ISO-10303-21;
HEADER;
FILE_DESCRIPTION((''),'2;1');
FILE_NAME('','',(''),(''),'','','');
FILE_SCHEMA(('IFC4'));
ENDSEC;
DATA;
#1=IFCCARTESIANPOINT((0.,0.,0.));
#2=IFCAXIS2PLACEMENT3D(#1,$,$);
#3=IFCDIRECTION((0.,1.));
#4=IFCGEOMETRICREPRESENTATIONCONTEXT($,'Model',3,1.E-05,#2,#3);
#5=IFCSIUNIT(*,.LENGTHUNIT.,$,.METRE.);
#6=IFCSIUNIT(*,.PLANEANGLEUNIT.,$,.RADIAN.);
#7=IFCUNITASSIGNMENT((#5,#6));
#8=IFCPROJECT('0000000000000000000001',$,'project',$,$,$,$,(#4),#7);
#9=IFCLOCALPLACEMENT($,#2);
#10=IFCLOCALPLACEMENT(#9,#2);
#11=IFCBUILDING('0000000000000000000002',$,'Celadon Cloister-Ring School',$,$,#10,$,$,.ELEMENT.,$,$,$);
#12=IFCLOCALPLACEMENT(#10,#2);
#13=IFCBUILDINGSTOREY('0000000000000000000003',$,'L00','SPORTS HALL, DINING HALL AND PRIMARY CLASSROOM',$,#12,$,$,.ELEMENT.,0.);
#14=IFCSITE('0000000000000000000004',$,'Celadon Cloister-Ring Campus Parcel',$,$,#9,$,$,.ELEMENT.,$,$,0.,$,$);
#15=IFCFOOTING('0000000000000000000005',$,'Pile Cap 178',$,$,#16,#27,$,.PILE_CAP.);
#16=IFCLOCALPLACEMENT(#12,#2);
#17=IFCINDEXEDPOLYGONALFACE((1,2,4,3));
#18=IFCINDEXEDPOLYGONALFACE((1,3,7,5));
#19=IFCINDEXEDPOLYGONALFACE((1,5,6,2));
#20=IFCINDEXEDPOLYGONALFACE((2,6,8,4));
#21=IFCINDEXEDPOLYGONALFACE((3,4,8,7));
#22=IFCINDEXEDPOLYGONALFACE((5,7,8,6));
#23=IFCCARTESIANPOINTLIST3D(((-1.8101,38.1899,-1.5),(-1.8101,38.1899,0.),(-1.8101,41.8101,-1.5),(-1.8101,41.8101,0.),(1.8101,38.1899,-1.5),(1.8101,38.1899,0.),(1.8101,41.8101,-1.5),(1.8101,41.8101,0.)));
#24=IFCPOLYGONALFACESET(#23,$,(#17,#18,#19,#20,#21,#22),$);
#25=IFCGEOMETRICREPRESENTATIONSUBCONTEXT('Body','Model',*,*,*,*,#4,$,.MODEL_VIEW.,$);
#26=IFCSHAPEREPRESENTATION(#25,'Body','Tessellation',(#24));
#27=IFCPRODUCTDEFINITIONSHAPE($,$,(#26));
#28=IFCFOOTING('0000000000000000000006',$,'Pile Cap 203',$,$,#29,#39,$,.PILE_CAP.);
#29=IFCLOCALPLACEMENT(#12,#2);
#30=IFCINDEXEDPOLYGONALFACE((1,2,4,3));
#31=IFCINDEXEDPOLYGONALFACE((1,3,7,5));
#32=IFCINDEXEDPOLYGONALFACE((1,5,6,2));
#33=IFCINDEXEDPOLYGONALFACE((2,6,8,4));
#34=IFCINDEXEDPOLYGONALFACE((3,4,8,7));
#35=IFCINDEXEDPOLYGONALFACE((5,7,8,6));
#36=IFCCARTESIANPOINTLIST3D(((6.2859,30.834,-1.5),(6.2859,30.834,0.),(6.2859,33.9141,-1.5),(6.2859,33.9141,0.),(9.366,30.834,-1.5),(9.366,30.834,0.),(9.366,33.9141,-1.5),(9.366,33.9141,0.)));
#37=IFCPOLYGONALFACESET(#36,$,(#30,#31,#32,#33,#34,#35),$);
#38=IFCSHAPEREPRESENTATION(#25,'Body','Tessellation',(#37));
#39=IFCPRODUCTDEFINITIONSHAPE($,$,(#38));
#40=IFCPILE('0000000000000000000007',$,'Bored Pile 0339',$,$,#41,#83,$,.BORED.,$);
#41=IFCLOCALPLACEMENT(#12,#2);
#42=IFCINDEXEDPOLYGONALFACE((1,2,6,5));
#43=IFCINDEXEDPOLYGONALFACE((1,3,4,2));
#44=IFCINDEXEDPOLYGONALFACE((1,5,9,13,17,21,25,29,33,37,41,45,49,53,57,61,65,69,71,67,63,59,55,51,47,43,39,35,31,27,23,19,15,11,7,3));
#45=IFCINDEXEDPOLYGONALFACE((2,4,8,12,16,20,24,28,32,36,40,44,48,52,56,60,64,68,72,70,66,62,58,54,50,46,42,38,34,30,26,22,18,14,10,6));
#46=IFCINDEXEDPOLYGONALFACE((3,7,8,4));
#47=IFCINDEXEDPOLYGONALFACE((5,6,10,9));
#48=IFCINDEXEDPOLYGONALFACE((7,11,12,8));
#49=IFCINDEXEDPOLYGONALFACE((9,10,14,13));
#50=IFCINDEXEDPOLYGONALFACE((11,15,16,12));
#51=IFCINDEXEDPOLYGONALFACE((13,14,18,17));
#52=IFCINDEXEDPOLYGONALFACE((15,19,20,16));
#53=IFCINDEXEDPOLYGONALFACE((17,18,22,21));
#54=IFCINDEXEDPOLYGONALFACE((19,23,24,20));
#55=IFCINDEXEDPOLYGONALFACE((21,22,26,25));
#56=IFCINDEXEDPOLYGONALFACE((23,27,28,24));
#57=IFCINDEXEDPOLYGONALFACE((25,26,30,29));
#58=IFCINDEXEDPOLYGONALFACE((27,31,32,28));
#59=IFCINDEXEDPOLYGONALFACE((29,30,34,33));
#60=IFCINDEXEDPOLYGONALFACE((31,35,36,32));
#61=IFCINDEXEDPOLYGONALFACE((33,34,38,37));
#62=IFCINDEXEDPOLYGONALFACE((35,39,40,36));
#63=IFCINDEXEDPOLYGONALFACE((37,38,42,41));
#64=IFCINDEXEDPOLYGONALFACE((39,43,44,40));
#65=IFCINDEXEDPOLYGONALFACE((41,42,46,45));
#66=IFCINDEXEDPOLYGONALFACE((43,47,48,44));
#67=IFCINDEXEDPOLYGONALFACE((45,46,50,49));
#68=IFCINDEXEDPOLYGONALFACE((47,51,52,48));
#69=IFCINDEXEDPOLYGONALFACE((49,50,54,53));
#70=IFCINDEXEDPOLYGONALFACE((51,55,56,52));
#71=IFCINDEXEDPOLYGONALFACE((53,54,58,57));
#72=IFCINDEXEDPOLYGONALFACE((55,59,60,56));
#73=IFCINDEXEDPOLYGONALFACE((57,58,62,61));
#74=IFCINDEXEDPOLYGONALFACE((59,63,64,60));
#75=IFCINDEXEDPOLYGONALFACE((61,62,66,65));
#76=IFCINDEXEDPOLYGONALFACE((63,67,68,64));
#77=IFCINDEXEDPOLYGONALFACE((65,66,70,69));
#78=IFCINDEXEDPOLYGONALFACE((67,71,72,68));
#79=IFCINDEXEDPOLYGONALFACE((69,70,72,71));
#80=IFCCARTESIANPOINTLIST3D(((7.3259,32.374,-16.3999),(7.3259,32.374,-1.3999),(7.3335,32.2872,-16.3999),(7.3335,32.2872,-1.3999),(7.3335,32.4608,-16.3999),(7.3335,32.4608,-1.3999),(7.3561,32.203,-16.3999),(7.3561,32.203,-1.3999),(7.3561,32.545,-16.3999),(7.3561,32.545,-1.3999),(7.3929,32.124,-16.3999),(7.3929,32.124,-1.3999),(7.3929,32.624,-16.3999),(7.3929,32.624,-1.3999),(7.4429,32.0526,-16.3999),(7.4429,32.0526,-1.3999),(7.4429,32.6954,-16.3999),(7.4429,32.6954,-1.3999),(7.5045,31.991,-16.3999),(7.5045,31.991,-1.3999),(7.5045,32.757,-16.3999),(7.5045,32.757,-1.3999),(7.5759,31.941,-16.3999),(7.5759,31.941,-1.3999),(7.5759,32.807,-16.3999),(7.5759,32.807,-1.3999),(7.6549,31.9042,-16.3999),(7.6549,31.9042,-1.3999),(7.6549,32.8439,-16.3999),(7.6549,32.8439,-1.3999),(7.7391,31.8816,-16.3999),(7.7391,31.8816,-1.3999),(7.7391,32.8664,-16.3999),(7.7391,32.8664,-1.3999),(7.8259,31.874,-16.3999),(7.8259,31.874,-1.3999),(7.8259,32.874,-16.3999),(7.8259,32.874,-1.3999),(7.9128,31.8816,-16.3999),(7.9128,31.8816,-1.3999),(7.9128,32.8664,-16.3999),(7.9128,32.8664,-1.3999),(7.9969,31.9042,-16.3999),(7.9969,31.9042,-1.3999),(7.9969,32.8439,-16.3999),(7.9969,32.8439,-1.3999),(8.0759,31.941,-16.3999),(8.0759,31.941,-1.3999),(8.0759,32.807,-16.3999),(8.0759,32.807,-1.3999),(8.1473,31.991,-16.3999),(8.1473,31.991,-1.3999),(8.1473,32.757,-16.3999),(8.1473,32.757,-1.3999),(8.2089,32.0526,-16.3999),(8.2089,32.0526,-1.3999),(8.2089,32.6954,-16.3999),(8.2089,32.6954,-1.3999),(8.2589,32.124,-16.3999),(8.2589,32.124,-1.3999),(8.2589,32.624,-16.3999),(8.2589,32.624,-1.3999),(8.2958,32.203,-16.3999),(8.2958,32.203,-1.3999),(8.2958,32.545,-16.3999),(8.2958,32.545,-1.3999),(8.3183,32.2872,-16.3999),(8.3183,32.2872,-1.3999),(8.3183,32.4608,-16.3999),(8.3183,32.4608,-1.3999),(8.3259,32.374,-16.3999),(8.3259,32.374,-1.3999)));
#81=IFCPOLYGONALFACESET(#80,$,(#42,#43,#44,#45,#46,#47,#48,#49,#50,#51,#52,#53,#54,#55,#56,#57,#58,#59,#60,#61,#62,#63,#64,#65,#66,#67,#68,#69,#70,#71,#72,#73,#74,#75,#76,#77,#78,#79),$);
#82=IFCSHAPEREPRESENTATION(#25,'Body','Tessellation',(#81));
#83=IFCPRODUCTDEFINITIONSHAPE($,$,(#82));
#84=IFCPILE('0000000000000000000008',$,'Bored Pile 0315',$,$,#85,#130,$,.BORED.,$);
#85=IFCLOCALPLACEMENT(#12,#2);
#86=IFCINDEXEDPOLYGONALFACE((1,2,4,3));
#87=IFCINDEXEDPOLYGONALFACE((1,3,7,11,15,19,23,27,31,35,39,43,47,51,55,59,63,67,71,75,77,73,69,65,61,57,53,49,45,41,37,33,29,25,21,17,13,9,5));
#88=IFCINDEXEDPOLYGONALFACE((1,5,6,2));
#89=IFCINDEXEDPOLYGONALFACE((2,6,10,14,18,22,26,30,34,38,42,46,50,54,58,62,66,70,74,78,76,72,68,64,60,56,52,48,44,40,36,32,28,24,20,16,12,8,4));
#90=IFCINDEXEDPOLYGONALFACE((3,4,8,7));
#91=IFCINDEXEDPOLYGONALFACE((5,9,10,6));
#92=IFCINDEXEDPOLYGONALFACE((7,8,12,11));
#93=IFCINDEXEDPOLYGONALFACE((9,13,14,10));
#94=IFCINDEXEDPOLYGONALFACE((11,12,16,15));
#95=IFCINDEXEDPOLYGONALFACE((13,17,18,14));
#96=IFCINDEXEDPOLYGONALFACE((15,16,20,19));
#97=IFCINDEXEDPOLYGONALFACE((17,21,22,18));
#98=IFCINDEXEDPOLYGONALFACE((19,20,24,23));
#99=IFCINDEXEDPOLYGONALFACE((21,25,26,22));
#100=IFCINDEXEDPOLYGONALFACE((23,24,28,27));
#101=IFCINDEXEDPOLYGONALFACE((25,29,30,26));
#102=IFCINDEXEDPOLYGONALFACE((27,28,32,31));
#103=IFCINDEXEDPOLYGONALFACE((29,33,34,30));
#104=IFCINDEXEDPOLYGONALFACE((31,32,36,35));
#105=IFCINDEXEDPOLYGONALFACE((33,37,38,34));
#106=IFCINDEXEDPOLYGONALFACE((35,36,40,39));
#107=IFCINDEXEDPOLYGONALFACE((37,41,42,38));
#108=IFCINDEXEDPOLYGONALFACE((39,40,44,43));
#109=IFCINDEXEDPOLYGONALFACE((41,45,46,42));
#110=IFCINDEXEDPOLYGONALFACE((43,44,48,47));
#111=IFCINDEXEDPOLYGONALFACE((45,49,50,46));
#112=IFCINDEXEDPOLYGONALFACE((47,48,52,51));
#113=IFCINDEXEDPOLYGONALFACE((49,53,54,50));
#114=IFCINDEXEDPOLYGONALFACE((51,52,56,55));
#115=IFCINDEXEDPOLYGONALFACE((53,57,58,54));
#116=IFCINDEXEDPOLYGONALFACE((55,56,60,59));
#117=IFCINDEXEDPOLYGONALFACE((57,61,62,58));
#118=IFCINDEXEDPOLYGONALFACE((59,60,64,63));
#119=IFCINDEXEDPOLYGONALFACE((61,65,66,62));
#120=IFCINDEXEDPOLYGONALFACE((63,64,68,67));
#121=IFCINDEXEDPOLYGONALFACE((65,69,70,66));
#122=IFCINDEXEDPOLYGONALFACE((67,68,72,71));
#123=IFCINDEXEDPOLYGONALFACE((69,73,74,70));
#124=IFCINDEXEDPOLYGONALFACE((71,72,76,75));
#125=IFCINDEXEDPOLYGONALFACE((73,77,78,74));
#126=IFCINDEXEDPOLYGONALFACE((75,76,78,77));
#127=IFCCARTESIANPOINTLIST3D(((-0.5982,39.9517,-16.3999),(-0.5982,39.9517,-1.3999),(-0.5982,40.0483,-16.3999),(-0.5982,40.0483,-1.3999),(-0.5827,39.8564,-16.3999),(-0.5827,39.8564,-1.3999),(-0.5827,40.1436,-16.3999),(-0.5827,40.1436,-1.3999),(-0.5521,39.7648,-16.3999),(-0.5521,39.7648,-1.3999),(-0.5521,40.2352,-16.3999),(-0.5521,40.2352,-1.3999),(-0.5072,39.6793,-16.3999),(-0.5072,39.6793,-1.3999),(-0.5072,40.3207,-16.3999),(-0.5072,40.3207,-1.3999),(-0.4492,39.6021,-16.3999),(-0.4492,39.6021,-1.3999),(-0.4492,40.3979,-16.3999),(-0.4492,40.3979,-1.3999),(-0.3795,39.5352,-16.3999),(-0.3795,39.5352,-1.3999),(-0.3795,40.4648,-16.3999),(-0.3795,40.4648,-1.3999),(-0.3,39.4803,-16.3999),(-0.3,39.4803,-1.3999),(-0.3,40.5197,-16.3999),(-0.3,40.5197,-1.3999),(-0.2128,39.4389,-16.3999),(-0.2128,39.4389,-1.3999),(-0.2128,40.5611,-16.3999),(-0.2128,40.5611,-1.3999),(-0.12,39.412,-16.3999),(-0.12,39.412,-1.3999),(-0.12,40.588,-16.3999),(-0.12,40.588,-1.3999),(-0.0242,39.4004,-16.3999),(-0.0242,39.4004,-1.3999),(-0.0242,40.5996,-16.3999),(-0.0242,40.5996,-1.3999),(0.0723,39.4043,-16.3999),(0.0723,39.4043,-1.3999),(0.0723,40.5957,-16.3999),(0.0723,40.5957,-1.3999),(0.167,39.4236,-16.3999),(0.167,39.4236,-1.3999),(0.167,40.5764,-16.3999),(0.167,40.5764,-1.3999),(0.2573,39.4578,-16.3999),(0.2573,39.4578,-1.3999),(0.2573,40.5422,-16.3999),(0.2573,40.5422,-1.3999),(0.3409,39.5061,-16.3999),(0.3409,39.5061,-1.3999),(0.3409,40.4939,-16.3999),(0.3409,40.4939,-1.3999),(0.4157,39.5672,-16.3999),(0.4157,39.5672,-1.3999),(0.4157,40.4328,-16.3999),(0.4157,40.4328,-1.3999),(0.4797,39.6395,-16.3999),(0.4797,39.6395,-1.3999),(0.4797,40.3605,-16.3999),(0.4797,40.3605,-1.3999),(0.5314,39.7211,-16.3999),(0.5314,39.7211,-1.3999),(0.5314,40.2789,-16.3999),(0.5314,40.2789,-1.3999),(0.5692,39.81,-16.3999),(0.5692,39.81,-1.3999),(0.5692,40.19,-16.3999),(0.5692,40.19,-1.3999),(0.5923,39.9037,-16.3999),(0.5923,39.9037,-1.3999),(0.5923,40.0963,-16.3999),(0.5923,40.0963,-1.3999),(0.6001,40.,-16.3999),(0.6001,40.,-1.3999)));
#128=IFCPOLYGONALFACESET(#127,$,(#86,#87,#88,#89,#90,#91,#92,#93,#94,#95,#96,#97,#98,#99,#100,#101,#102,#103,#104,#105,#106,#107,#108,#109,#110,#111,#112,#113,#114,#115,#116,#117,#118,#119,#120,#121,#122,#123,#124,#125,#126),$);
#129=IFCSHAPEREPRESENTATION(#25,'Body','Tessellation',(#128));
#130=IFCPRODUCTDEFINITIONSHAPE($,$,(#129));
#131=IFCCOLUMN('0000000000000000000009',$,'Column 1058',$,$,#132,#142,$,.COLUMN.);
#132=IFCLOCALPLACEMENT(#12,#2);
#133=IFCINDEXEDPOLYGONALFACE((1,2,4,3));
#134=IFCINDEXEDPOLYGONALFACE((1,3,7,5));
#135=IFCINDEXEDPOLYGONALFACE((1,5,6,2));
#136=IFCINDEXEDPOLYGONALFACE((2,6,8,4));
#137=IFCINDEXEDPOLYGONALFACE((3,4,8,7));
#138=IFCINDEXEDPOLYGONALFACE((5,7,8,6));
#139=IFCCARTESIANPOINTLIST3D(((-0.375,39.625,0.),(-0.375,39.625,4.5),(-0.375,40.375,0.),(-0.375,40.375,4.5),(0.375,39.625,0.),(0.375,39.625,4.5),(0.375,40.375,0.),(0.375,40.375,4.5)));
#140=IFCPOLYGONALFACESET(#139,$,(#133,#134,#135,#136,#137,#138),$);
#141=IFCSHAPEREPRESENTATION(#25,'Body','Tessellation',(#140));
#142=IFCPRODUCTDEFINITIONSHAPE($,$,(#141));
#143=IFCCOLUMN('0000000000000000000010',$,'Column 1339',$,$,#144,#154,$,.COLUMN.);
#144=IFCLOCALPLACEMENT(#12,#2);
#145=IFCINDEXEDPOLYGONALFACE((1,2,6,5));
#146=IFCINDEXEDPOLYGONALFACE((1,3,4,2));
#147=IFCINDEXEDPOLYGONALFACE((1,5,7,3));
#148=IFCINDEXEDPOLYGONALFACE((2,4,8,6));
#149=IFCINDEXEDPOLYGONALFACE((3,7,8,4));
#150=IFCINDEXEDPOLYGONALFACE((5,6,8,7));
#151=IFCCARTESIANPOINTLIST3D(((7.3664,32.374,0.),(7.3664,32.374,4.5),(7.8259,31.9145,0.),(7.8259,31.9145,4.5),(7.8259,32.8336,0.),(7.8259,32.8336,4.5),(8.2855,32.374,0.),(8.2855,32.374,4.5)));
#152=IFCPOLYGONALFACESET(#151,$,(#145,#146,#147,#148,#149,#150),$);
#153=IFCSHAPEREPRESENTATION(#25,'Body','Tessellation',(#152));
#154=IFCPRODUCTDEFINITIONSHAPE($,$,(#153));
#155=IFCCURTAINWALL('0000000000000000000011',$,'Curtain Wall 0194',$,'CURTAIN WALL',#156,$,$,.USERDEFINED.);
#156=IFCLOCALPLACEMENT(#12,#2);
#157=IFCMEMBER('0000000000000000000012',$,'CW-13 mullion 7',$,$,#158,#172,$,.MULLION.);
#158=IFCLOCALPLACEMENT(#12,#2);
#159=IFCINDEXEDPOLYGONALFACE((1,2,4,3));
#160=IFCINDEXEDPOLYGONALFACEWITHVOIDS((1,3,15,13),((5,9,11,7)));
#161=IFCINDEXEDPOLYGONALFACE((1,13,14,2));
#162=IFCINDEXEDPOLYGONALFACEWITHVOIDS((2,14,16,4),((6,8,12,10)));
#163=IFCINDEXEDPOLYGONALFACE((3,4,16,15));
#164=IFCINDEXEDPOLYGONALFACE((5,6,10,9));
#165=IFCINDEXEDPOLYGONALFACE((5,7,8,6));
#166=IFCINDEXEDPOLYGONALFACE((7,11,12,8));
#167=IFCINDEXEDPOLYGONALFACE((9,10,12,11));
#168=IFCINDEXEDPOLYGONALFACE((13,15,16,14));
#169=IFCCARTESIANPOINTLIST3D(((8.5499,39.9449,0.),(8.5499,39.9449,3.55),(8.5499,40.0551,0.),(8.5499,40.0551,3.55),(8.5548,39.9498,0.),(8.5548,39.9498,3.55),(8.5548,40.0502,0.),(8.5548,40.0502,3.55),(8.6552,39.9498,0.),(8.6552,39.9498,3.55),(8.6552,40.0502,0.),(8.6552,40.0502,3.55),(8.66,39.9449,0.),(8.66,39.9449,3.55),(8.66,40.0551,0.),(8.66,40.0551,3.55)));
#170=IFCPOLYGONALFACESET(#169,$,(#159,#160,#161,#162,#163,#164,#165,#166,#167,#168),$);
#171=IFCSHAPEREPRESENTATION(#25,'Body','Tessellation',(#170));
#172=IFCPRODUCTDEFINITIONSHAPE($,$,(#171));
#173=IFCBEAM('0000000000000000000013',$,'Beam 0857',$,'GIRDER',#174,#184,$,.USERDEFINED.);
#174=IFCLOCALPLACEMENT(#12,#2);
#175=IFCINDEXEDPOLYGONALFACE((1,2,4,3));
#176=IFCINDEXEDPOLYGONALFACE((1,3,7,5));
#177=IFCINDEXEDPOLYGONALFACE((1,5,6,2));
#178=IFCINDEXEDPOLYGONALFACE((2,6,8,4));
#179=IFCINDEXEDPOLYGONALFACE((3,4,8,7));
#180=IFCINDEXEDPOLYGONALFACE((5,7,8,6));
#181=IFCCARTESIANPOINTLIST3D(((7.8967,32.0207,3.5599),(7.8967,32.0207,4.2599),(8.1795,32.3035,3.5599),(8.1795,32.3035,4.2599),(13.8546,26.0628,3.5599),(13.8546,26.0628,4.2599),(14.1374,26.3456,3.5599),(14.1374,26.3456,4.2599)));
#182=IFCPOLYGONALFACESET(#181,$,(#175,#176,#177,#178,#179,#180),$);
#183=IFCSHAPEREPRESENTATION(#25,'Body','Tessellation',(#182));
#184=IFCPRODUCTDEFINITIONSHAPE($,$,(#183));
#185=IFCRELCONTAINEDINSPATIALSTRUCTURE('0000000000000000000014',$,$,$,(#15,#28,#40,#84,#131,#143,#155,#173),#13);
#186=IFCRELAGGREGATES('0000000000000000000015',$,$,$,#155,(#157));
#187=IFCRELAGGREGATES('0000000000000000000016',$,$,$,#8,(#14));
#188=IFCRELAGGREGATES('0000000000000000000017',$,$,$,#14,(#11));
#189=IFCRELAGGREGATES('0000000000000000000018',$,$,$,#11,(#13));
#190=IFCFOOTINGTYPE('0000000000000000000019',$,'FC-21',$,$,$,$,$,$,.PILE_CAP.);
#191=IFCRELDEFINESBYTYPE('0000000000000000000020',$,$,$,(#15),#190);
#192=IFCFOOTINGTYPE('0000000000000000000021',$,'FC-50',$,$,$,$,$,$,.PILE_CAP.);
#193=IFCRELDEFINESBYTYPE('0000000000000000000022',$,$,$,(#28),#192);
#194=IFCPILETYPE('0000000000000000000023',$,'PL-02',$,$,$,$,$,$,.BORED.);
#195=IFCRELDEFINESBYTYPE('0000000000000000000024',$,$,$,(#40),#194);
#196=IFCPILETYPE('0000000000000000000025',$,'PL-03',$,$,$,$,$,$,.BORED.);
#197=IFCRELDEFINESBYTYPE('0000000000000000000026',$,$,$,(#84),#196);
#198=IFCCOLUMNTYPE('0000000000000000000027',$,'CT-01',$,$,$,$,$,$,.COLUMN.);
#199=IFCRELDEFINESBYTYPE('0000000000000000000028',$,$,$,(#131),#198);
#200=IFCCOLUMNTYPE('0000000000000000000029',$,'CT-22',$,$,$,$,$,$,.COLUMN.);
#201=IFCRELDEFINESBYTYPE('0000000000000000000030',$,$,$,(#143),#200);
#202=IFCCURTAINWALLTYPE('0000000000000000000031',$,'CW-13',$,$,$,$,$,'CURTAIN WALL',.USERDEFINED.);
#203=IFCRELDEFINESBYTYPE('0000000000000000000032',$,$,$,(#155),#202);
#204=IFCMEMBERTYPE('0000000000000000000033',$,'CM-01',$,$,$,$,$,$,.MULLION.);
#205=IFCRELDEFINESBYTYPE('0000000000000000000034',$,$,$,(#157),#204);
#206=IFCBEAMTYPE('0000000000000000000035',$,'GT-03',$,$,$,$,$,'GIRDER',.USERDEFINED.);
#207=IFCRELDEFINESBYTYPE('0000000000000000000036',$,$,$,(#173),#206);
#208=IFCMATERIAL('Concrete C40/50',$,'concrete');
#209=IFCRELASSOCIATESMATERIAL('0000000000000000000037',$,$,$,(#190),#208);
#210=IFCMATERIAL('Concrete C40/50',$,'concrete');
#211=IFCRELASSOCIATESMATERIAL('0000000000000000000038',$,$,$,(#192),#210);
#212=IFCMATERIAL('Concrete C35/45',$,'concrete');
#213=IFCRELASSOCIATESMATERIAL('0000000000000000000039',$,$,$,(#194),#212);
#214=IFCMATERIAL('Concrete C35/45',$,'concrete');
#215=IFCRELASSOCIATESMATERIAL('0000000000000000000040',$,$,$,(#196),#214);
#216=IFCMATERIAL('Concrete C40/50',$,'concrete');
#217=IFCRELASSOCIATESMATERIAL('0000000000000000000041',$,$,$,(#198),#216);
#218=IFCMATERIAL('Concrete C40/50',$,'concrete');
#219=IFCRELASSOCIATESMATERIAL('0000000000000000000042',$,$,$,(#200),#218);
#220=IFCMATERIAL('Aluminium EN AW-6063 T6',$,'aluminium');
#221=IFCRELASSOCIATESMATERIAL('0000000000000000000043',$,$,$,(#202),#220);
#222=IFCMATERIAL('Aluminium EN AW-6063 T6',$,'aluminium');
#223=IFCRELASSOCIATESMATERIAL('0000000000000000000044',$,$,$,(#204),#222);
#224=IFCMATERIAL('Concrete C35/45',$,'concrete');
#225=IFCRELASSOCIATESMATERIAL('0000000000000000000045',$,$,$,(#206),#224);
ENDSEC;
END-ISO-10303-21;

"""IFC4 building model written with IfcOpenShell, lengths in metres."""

from ifc_helpers import new_model, si_unit, direction, frame, origin, origin_2d, place, context, subcontext, project, spatial, rectangle, hollow_rectangle, circle, extrude, material, material_profile, profile_set, type_object, element, aggregate, save


model = new_model("IFC4")

# Units and contexts
model_context = context("Model", 3, precision=1e-05, world=origin(), true_north=direction((0.0, 1.0)))
body_context = subcontext(model_context, "Body", "Model", "MODEL_VIEW")
ifc_project = project(units=[si_unit("LENGTHUNIT", "METRE"), si_unit("PLANEANGLEUNIT", "RADIAN")], contexts=[model_context])

# Site, building, storey
site_placement = place(None, origin())
site = spatial("IfcSite", under=ifc_project, at=site_placement, Name="Celadon Cloister-Ring Campus Parcel", CompositionType="ELEMENT", RefElevation=0.0)
building_placement = place(site_placement, origin())
building = spatial("IfcBuilding", under=site, at=building_placement, Name="Celadon Cloister-Ring School", CompositionType="ELEMENT")
storey_placement = place(building_placement, origin())
storey = spatial("IfcBuildingStorey", under=building, at=storey_placement, Name="L00", Description="SPORTS HALL, DINING HALL AND PRIMARY CLASSROOM", CompositionType="ELEMENT", Elevation=0.0)

# Footings
ifc_material_1 = material(Name="Concrete C40/50", Category="concrete")
footing_type_1 = type_object("IfcFootingType", Name="FC-21", PredefinedType="PILE_CAP", material=ifc_material_1)
footing_1_placement = place(storey_placement, frame((0.0, 40.0, -1.5), z_axis=(0.0, 0.0, 1.0), x_axis=(1.0, 0.0, 0.0)))
element("IfcFooting", 1, at=footing_1_placement, inside=storey, type_object=footing_type_1, Name="Pile Cap 178", PredefinedType="PILE_CAP", context=body_context, shape_type="SweptSolid", body=[
    extrude(rectangle(XDim=3.6201, YDim=3.6201, at=origin_2d()), origin(), (0.0, 0.0, 1.0), 1.5),
])
ifc_material_2 = material(Name="Concrete C40/50", Category="concrete")
footing_type_2 = type_object("IfcFootingType", Name="FC-50", PredefinedType="PILE_CAP", material=ifc_material_2)
footing_2_placement = place(storey_placement, frame((7.8259, 32.374, -1.5), z_axis=(0.0, 0.0, 1.0), x_axis=(1.0, 0.0, 0.0)))
element("IfcFooting", 2, at=footing_2_placement, inside=storey, type_object=footing_type_2, Name="Pile Cap 203", PredefinedType="PILE_CAP", context=body_context, shape_type="SweptSolid", body=[
    extrude(rectangle(XDim=3.0801, YDim=3.0801, at=origin_2d()), origin(), (0.0, 0.0, 1.0), 1.5),
])

# Piles
ifc_material_3 = material(Name="Concrete C35/45", Category="concrete")
ifc_material_profile_1 = material_profile(ifc_material_3, circle(Radius=0.5, at=origin_2d()), Name="PILE1000")
ifc_profile_set_1 = profile_set([ifc_material_profile_1], Name="Concrete C35/45")
pile_type_1 = type_object("IfcPileType", Name="PL-02", PredefinedType="BORED", material=ifc_profile_set_1)
pile_1_placement = place(storey_placement, frame((7.8259, 32.374, -1.3999), z_axis=(0.0, 0.0, -1.0), x_axis=(1.0, 0.0, 0.0)))
element("IfcPile", 3, at=pile_1_placement, inside=storey, type_object=pile_type_1, Name="Bored Pile 0339", PredefinedType="BORED", context=body_context, shape_type="SweptSolid", body=[
    extrude(circle(Radius=0.5, at=origin_2d()), origin(), (0.0, 0.0, 1.0), 15.0),
])
ifc_material_4 = material(Name="Concrete C35/45", Category="concrete")
ifc_material_profile_2 = material_profile(ifc_material_4, circle(Radius=0.6001, at=origin_2d()), Name="PILE1200")
ifc_profile_set_2 = profile_set([ifc_material_profile_2], Name="Concrete C35/45")
pile_type_2 = type_object("IfcPileType", Name="PL-03", PredefinedType="BORED", material=ifc_profile_set_2)
pile_2_placement = place(storey_placement, frame((0.0, 40.0, -1.3999), z_axis=(0.0, 0.0, -1.0), x_axis=(1.0, 0.0, 0.0)))
element("IfcPile", 4, at=pile_2_placement, inside=storey, type_object=pile_type_2, Name="Bored Pile 0315", PredefinedType="BORED", context=body_context, shape_type="SweptSolid", body=[
    extrude(circle(Radius=0.6001, at=origin_2d()), origin(), (0.0, 0.0, 1.0), 15.0),
])

# Columns
ifc_material_5 = material(Name="Concrete C40/50", Category="concrete")
ifc_material_profile_3 = material_profile(ifc_material_5, rectangle(XDim=0.75, YDim=0.75, at=origin_2d()), Name="RC750X750")
ifc_profile_set_3 = profile_set([ifc_material_profile_3], Name="Concrete C40/50")
column_type_1 = type_object("IfcColumnType", Name="CT-01", PredefinedType="COLUMN", material=ifc_profile_set_3)
column_1_placement = place(storey_placement, frame((0.0, 40.0, 0.0), z_axis=(0.0, 0.0, 1.0), x_axis=(1.0, 0.0, 0.0)))
element("IfcColumn", 5, at=column_1_placement, inside=storey, type_object=column_type_1, Name="Column 1058", PredefinedType="COLUMN", context=body_context, shape_type="SweptSolid", body=[
    extrude(rectangle(XDim=0.75, YDim=0.75, at=origin_2d()), origin(), (0.0, 0.0, 1.0), 4.5),
])
ifc_material_6 = material(Name="Concrete C40/50", Category="concrete")
ifc_material_profile_4 = material_profile(ifc_material_6, rectangle(XDim=0.6499, YDim=0.6499, at=origin_2d()), Name="RC650X650")
ifc_profile_set_4 = profile_set([ifc_material_profile_4], Name="Concrete C40/50")
column_type_2 = type_object("IfcColumnType", Name="CT-22", PredefinedType="COLUMN", material=ifc_profile_set_4)
column_2_placement = place(storey_placement, frame((7.8259, 32.374, 0.0), z_axis=(0.0, 0.0, 1.0), x_axis=(-0.707107, 0.707107, 0.0)))
element("IfcColumn", 6, at=column_2_placement, inside=storey, type_object=column_type_2, Name="Column 1339", PredefinedType="COLUMN", context=body_context, shape_type="SweptSolid", body=[
    extrude(rectangle(XDim=0.6499, YDim=0.6499, at=origin_2d()), origin(), (0.0, 0.0, 1.0), 4.5),
])

# Curtain wall, member
ifc_material_7 = material(Name="Aluminium EN AW-6063 T6", Category="aluminium")
curtain_wall_type = type_object("IfcCurtainWallType", Name="CW-13", ElementType="CURTAIN WALL", PredefinedType="USERDEFINED", material=ifc_material_7)
curtain_wall_placement = place(storey_placement, origin())
curtain_wall = element("IfcCurtainWall", 7, at=curtain_wall_placement, inside=storey, type_object=curtain_wall_type, Name="Curtain Wall 0194", ObjectType="CURTAIN WALL", PredefinedType="USERDEFINED")
ifc_material_8 = material(Name="Aluminium EN AW-6063 T6", Category="aluminium")
ifc_material_profile_5 = material_profile(ifc_material_8, hollow_rectangle(XDim=0.1101, YDim=0.1101, WallThickness=0.0049, at=origin_2d()), Name="RHS110X110X5")
ifc_profile_set_5 = profile_set([ifc_material_profile_5], Name="Aluminium EN AW-6063 T6")
member_type = type_object("IfcMemberType", Name="CM-01", PredefinedType="MULLION", material=ifc_profile_set_5)
member_placement = place(storey_placement, frame((8.605, 40.0, 0.0), z_axis=(0.0, 0.0, 1.0), x_axis=(0.0, -1.0, 0.0)))
member = element("IfcMember", 8, at=member_placement, type_object=member_type, Name="CW-13 mullion 7", PredefinedType="MULLION", context=body_context, shape_type="SweptSolid", body=[
    extrude(hollow_rectangle(XDim=0.1101, YDim=0.1101, WallThickness=0.0049, at=origin_2d()), origin(), (0.0, 0.0, 1.0), 3.55),
])
aggregate(curtain_wall, [member])

# Beam
ifc_material_9 = material(Name="Concrete C35/45", Category="concrete")
ifc_material_profile_6 = material_profile(ifc_material_9, rectangle(XDim=0.3999, YDim=0.7, at=origin_2d()), Name="RC400X700")
ifc_profile_set_6 = profile_set([ifc_material_profile_6], Name="Concrete C35/45")
beam_type_1 = type_object("IfcBeamType", Name="GT-03", ElementType="GIRDER", PredefinedType="USERDEFINED", material=ifc_profile_set_6)
beam_1_placement = place(storey_placement, frame((8.0381, 32.1621, 3.9099), z_axis=(0.707107, -0.707107, 0.0), x_axis=(0.707107, 0.707107, 0.0)))
element("IfcBeam", 9, at=beam_1_placement, inside=storey, type_object=beam_type_1, Name="Beam 0857", ObjectType="GIRDER", PredefinedType="USERDEFINED", context=body_context, shape_type="SweptSolid", body=[
    extrude(rectangle(XDim=0.3999, YDim=0.7, at=origin_2d()), origin(), (0.0, 0.0, 1.0), 8.4258),
])

save(model, "model.ifc")
